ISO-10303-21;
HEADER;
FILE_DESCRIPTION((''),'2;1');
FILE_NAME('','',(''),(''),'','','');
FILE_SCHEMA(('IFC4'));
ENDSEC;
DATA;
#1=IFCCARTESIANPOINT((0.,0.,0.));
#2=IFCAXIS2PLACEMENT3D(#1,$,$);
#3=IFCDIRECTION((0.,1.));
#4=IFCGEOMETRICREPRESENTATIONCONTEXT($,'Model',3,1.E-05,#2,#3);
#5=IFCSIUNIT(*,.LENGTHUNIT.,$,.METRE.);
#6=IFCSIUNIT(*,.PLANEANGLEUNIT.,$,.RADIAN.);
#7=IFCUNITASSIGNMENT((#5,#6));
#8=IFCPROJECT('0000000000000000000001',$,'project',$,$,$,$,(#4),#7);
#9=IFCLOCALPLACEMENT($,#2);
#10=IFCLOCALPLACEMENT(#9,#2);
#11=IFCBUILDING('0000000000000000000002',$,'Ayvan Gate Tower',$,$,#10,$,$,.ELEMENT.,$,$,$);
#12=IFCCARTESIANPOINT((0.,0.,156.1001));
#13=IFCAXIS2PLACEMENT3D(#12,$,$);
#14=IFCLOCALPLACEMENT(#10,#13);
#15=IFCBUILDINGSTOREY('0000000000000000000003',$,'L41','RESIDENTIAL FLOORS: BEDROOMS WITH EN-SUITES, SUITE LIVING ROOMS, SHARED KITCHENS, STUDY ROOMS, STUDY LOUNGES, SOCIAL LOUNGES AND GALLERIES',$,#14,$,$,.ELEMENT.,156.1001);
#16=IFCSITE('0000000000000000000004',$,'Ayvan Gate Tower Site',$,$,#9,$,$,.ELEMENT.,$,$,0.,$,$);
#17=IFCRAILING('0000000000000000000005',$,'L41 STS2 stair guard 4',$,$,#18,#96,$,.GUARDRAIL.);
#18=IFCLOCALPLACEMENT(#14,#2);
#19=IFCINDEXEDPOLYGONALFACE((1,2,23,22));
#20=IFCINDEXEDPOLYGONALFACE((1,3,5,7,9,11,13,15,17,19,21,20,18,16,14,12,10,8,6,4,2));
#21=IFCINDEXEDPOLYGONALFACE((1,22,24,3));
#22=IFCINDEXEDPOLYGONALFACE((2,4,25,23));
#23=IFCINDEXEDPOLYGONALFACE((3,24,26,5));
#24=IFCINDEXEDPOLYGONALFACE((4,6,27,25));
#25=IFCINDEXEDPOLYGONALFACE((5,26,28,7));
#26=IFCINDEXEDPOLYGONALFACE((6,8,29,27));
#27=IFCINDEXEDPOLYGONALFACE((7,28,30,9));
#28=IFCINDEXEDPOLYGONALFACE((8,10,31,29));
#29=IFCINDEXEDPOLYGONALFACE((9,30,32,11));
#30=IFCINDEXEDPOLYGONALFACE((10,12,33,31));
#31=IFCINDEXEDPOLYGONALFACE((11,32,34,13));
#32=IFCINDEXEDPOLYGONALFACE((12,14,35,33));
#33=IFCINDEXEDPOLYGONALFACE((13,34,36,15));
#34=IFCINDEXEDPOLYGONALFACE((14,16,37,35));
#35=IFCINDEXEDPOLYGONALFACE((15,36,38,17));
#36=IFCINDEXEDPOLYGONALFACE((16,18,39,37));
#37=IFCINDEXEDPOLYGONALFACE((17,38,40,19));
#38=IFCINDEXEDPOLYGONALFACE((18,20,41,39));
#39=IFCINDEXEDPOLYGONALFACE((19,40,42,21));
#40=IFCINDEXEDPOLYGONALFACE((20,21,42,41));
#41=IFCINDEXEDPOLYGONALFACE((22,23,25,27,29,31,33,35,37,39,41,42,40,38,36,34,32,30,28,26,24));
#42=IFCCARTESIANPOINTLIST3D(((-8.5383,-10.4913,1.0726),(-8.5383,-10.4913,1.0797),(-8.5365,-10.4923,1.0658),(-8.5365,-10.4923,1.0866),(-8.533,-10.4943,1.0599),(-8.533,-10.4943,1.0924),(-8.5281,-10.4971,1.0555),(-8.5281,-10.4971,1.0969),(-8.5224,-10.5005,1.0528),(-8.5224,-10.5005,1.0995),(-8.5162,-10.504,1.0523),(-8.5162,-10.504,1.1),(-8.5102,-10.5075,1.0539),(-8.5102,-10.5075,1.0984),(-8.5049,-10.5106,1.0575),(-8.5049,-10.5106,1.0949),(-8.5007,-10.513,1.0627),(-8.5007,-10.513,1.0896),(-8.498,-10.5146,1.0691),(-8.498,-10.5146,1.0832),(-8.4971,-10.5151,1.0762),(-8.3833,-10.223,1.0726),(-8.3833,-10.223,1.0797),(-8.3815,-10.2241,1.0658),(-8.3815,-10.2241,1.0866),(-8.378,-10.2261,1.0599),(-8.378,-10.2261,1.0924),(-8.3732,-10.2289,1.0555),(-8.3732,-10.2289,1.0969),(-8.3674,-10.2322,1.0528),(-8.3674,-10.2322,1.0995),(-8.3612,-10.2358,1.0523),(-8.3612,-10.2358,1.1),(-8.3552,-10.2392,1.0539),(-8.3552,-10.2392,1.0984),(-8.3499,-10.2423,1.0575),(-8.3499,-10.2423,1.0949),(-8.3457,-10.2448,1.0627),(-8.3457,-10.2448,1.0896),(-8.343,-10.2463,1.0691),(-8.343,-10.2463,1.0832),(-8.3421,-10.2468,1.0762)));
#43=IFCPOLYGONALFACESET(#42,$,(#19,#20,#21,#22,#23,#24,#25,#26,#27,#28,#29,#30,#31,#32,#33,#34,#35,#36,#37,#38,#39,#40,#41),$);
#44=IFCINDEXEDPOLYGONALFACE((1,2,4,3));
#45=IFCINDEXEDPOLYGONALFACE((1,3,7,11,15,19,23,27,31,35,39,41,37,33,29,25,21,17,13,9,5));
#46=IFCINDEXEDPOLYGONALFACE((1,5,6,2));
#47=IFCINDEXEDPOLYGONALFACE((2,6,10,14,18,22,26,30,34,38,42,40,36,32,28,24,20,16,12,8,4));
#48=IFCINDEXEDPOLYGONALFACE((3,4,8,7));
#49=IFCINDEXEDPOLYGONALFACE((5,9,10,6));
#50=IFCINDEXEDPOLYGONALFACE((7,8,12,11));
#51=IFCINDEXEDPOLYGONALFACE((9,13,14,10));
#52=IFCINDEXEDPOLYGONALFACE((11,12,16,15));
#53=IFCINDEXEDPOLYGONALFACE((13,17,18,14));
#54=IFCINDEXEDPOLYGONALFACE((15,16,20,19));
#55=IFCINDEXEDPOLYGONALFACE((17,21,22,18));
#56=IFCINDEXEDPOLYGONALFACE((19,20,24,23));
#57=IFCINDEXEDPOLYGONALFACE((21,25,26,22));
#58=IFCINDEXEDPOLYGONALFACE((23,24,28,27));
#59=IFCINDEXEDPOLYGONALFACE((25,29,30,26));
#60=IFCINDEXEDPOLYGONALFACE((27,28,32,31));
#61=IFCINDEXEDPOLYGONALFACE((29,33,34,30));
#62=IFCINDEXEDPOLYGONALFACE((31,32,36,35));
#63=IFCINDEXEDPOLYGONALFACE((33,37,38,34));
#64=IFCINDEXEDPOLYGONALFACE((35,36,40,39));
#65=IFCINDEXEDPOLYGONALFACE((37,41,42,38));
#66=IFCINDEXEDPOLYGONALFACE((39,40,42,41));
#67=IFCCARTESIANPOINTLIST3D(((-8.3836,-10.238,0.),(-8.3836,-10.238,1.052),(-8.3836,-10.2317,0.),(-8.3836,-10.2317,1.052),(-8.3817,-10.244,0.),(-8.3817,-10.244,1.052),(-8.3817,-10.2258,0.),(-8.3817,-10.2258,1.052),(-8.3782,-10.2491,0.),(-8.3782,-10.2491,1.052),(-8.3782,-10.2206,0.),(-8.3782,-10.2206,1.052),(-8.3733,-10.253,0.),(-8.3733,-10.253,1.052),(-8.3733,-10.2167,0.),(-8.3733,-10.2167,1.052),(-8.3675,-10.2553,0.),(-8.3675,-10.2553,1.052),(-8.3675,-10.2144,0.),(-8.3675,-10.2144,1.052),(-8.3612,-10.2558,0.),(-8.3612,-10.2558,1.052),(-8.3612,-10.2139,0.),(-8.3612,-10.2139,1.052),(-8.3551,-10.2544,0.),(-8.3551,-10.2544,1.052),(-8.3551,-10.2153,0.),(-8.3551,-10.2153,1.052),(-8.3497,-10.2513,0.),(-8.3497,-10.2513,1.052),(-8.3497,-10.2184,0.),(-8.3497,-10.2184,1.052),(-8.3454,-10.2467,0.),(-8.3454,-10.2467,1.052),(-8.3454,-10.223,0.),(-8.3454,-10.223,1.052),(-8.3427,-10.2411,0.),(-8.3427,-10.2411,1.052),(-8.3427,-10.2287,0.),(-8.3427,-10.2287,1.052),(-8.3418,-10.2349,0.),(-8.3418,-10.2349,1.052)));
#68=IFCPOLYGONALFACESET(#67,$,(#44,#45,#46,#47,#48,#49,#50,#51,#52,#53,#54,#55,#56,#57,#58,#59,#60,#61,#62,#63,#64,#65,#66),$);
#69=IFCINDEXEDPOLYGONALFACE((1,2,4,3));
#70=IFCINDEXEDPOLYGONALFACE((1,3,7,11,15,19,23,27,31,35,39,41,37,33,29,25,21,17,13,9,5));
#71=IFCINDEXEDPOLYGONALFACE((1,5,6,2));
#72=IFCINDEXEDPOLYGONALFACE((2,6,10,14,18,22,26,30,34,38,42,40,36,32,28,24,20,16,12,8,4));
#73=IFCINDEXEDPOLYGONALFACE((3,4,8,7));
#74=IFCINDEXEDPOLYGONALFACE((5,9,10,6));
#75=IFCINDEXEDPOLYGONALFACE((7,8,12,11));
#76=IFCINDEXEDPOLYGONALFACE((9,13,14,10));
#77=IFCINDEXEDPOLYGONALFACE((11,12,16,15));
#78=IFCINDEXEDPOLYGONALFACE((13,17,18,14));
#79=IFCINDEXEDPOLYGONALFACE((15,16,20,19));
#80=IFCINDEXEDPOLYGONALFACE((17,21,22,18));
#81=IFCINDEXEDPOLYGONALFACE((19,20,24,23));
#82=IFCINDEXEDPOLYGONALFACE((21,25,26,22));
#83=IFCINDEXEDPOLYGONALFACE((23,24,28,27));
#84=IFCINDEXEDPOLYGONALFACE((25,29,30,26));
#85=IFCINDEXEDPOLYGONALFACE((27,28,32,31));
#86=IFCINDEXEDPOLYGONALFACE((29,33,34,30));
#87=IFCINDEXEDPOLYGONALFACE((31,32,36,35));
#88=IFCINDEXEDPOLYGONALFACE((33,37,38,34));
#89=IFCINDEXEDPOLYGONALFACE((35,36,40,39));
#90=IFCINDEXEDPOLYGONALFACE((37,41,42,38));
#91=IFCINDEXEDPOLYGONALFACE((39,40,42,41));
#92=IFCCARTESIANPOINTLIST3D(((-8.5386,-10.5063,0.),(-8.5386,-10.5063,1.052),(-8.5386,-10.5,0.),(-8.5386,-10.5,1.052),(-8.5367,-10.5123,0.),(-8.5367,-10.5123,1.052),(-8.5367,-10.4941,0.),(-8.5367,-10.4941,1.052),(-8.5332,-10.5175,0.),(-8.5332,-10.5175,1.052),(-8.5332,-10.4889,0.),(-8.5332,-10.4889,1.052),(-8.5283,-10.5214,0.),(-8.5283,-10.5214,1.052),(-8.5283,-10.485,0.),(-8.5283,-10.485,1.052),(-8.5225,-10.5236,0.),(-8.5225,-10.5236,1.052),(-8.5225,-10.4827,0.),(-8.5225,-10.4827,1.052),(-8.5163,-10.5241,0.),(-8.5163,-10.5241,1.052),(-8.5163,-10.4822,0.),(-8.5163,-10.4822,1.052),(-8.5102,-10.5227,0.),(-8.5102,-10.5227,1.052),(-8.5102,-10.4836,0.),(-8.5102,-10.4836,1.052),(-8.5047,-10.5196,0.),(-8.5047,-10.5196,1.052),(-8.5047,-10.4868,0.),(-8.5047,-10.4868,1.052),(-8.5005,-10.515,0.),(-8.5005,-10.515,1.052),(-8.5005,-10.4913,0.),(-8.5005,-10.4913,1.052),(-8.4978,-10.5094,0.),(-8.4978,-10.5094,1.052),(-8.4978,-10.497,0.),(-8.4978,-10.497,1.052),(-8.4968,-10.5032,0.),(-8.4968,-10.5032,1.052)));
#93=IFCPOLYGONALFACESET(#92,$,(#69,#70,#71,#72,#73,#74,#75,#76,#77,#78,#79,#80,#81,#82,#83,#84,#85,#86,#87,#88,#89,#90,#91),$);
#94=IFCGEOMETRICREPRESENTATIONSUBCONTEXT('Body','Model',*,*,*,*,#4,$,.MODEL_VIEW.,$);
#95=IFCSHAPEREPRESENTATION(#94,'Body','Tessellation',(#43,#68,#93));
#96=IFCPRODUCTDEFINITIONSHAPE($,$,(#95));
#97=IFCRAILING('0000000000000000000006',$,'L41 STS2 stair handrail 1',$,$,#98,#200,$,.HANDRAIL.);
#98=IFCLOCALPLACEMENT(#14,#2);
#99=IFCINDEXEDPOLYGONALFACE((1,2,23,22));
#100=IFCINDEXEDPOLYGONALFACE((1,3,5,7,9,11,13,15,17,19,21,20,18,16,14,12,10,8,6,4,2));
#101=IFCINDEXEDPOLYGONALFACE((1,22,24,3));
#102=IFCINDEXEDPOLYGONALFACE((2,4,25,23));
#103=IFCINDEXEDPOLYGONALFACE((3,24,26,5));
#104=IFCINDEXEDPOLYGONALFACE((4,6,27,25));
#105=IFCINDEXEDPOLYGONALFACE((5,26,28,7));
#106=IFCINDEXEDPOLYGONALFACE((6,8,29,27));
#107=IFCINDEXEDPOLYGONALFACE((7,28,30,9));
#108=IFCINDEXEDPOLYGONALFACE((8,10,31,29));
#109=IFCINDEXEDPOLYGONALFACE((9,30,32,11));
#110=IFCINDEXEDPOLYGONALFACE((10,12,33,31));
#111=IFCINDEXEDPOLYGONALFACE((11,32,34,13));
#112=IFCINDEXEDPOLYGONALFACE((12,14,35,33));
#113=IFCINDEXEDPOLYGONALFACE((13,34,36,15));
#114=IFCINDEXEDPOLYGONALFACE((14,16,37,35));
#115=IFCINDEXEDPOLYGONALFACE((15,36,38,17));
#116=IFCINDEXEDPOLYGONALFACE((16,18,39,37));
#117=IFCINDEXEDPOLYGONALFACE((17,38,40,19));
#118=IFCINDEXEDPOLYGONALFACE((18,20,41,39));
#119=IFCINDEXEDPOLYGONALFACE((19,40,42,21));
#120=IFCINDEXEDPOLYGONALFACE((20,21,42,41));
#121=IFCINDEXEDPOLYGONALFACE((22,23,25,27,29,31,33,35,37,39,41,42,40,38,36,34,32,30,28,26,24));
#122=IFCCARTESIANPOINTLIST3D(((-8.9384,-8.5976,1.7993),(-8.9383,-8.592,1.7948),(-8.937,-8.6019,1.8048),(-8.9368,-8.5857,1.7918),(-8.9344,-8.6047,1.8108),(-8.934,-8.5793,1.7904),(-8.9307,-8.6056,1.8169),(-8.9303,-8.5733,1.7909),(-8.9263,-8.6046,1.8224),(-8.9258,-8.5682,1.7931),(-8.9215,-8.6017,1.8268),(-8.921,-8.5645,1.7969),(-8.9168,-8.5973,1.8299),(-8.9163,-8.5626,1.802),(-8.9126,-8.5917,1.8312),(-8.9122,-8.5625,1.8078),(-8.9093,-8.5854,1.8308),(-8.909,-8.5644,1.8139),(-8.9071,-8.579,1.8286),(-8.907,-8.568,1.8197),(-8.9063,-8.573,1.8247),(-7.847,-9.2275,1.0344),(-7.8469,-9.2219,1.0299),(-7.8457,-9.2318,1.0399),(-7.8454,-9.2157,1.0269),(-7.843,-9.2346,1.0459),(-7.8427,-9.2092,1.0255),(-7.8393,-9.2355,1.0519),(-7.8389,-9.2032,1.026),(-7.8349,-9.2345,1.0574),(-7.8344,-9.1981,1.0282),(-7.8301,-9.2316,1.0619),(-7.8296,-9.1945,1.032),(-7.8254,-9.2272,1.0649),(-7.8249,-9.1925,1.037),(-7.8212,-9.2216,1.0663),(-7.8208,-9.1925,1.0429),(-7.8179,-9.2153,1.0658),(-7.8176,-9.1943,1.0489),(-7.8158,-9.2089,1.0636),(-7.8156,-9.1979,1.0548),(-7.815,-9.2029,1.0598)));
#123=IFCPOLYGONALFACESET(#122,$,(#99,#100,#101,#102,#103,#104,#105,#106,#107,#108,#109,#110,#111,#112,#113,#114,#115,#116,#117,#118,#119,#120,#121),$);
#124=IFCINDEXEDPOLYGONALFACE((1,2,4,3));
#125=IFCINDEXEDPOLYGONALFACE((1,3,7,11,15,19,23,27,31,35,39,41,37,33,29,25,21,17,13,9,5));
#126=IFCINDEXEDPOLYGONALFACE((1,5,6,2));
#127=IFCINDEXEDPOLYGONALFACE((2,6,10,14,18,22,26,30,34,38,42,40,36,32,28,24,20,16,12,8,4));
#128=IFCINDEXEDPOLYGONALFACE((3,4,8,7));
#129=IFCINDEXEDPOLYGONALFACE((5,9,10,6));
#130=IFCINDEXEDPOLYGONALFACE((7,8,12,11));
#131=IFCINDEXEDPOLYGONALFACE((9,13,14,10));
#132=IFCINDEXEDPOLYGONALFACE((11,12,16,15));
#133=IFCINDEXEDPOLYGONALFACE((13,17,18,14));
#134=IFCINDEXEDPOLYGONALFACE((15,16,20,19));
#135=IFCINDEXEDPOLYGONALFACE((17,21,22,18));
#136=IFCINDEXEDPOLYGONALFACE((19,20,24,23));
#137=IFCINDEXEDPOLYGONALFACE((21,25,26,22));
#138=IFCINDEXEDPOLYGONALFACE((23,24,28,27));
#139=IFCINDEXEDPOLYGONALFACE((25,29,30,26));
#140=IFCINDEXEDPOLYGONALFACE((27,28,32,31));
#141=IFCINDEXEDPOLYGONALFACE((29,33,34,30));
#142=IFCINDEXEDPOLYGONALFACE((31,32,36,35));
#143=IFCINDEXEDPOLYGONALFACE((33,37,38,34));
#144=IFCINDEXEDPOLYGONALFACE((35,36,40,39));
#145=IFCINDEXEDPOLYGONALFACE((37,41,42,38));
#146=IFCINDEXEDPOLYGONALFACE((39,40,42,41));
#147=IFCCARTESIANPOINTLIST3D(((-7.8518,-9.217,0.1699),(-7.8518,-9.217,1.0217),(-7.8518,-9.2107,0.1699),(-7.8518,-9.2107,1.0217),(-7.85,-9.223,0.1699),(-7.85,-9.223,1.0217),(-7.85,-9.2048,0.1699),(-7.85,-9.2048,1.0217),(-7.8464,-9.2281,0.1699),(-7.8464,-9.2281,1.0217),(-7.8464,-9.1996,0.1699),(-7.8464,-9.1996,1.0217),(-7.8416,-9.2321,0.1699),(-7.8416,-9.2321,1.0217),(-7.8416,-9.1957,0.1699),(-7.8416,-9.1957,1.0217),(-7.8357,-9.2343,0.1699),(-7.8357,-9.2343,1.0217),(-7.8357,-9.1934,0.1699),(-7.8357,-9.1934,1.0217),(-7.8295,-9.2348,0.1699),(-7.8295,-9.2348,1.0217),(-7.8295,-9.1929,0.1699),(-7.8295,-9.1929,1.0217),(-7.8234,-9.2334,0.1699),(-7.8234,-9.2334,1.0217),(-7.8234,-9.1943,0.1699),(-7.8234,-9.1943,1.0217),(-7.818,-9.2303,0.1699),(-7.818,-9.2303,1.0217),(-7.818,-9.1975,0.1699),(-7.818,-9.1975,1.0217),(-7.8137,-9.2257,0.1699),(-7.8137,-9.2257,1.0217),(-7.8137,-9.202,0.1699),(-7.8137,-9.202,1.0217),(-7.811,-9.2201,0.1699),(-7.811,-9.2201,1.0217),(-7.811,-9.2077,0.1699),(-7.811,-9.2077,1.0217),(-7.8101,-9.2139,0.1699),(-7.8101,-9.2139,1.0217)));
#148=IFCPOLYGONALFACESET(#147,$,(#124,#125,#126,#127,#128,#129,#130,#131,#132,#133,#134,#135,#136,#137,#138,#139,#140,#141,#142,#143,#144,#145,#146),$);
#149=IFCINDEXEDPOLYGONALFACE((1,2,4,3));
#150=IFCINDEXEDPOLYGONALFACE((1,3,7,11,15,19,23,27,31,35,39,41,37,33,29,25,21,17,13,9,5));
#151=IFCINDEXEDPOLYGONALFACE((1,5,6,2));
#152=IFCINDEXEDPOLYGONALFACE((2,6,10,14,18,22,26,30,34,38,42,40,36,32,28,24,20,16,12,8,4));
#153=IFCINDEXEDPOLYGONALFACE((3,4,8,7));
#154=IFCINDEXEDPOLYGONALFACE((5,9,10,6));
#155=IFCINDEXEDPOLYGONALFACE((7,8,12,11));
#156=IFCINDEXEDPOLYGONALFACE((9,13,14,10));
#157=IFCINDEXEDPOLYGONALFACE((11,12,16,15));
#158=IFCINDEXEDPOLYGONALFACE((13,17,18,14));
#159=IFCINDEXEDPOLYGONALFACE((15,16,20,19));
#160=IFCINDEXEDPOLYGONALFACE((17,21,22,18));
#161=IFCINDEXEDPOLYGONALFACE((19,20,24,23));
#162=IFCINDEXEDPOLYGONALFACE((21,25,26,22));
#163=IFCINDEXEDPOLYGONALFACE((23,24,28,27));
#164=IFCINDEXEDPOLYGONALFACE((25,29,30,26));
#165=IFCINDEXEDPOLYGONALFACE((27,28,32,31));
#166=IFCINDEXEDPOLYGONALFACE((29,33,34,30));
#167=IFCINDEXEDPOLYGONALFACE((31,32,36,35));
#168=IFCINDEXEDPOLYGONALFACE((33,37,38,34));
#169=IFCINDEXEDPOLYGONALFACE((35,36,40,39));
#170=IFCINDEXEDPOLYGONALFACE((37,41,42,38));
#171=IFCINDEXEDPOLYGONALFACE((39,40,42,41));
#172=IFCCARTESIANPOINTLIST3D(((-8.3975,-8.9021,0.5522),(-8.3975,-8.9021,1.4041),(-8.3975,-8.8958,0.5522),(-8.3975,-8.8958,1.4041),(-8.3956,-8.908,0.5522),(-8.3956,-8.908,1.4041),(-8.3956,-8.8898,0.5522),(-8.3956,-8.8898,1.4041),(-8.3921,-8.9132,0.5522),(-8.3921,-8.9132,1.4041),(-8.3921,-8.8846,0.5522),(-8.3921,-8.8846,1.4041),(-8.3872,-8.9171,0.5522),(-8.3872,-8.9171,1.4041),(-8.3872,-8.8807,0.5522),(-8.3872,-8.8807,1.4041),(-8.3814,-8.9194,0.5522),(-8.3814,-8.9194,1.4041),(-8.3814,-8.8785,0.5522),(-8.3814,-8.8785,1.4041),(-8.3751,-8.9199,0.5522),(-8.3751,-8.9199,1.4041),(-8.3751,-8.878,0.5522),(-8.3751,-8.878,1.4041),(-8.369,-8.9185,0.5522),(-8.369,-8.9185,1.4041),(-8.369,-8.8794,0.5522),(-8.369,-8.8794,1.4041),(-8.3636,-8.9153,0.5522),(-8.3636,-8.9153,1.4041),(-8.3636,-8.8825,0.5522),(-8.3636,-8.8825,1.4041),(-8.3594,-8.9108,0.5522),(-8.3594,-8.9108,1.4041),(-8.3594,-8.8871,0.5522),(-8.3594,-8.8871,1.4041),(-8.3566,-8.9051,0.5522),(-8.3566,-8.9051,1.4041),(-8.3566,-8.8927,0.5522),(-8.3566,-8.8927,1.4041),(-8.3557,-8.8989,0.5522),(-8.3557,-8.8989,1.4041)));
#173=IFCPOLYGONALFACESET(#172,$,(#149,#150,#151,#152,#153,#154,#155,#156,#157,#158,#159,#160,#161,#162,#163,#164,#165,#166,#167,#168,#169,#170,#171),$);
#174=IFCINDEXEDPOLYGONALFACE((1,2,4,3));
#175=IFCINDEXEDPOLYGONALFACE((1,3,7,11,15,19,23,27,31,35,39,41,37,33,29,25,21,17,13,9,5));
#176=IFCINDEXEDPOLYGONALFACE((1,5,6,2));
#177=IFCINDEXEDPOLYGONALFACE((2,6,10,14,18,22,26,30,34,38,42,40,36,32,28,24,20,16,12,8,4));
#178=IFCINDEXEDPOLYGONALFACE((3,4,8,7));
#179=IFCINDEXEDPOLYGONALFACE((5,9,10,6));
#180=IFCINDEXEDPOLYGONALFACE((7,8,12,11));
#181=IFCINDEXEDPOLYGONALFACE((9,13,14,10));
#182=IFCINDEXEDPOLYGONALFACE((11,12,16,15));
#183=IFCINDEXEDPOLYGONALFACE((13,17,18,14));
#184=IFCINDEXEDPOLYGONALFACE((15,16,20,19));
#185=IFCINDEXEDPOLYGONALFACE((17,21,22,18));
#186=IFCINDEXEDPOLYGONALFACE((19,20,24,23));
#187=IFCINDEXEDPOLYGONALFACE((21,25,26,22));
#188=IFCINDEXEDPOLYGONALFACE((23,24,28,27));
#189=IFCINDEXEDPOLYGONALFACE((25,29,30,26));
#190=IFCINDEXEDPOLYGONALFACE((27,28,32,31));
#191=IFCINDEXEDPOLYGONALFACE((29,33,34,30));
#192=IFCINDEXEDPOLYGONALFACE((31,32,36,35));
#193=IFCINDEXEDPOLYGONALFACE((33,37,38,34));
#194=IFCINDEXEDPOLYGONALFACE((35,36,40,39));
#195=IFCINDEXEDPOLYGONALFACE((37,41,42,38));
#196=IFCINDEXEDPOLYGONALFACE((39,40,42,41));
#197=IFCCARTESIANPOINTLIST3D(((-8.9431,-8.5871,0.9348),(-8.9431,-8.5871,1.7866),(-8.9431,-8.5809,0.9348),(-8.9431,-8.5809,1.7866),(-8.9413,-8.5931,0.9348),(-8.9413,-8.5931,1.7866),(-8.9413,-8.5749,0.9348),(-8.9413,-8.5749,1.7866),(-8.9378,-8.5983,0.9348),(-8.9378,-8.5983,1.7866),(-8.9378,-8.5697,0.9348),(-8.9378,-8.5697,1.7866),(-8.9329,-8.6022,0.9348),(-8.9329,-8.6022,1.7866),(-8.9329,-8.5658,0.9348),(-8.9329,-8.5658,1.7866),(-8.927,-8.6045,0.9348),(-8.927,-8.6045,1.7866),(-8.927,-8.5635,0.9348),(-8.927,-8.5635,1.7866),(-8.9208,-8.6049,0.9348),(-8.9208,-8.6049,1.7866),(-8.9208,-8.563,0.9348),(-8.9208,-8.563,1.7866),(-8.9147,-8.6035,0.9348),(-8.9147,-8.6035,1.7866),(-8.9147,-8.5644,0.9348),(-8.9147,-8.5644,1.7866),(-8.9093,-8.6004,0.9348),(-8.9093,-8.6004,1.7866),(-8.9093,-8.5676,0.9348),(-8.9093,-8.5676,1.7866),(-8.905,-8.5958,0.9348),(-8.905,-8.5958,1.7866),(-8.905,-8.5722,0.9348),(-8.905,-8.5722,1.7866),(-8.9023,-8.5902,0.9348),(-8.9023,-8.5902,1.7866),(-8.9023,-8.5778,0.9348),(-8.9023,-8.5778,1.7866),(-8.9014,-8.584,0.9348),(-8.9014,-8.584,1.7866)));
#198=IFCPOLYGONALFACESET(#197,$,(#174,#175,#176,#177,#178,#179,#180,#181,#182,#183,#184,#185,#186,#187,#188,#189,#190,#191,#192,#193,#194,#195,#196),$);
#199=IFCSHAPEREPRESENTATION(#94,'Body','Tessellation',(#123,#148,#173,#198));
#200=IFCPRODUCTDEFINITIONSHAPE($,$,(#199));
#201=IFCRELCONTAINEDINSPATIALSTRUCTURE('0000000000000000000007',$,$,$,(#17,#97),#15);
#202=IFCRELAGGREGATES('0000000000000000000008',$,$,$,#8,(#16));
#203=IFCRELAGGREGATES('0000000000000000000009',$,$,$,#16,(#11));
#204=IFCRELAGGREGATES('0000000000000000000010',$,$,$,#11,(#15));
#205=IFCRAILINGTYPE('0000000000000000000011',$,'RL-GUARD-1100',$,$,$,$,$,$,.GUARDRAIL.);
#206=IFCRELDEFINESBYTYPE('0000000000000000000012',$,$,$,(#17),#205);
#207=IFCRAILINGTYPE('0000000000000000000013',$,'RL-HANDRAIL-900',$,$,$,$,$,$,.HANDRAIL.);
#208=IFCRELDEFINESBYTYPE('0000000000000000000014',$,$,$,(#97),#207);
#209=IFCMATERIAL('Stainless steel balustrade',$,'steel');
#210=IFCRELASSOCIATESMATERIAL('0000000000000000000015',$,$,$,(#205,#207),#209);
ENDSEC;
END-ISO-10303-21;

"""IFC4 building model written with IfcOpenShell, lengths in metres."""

from ifc_helpers import new_model, si_unit, direction, frame, origin, origin_2d, place, context, subcontext, project, spatial, circle, extrude, material, type_object, element, save


model = new_model("IFC4")

# Units and contexts
model_context = context("Model", 3, precision=1e-05, world=origin(), true_north=direction((0.0, 1.0)))
body_context = subcontext(model_context, "Body", "Model", "MODEL_VIEW")
ifc_project = project(units=[si_unit("LENGTHUNIT", "METRE"), si_unit("PLANEANGLEUNIT", "RADIAN")], contexts=[model_context])

# Site, building, storey
site_placement = place(None, origin())
site = spatial("IfcSite", under=ifc_project, at=site_placement, Name="Ayvan Gate Tower Site", CompositionType="ELEMENT", RefElevation=0.0)
building_placement = place(site_placement, origin())
building = spatial("IfcBuilding", under=site, at=building_placement, Name="Ayvan Gate Tower", CompositionType="ELEMENT")
storey_placement = place(building_placement, frame((0.0, 0.0, 156.1001)))
storey = spatial("IfcBuildingStorey", under=building, at=storey_placement, Name="L41", Description="RESIDENTIAL FLOORS: BEDROOMS WITH EN-SUITES, SUITE LIVING ROOMS, SHARED KITCHENS, STUDY ROOMS, STUDY LOUNGES, SOCIAL LOUNGES AND GALLERIES", CompositionType="ELEMENT", Elevation=156.1001)

# Railings
ifc_material_1 = material(Name="Stainless steel balustrade", Category="steel")
railing_type_1 = type_object("IfcRailingType", Name="RL-GUARD-1100", PredefinedType="GUARDRAIL", material=ifc_material_1)
railing_1_placement = place(storey_placement, frame((-8.3628, -10.2349, 0.0)))
element("IfcRailing", 1, at=railing_1_placement, inside=storey, type_object=railing_type_1, Name="L41 STS2 stair guard 4", PredefinedType="GUARDRAIL", context=body_context, shape_type="SweptSolid", body=[
    extrude(circle(Radius=0.0239, at=origin_2d()), frame((0.0, 0.0, 1.0762), z_axis=(-0.500291, -0.865857, 0.0), x_axis=(0.865857, -0.500291, 0.0)), (0.0, 0.0, 1.0), 0.3098),
    extrude(circle(Radius=0.021, at=origin_2d()), origin(), (0.0, 0.0, 1.0), 1.052),
    extrude(circle(Radius=0.021, at=origin_2d()), frame((-0.155, -0.2683, 0.0)), (0.0, 0.0, 1.0), 1.052),
])
railing_type_2 = type_object("IfcRailingType", Name="RL-HANDRAIL-900", PredefinedType="HANDRAIL", material=ifc_material_1)
railing_2_placement = place(storey_placement, frame((-7.8311, -9.2139, 0.1699)))
element("IfcRailing", 2, at=railing_2_placement, inside=storey, type_object=railing_type_2, Name="L41 STS2 stair handrail 1", PredefinedType="HANDRAIL", context=body_context, shape_type="SweptSolid", body=[
    extrude(circle(Radius=0.0239, at=origin_2d()), frame((0.0, 0.0, 0.876), z_axis=(-0.740357, 0.42732, 0.518912), x_axis=(-0.49989, -0.866089, 0.0)), (0.0, 0.0, 1.0), 1.4741),
    extrude(circle(Radius=0.021, at=origin_2d()), origin(), (0.0, 0.0, 1.0), 0.8518),
    extrude(circle(Radius=0.021, at=origin_2d()), frame((-0.5457, 0.3149, 0.3823)), (0.0, 0.0, 1.0), 0.8518),
    extrude(circle(Radius=0.021, at=origin_2d()), frame((-1.0913, 0.6299, 0.7649)), (0.0, 0.0, 1.0), 0.8518),
])

save(model, "model.ifc")
